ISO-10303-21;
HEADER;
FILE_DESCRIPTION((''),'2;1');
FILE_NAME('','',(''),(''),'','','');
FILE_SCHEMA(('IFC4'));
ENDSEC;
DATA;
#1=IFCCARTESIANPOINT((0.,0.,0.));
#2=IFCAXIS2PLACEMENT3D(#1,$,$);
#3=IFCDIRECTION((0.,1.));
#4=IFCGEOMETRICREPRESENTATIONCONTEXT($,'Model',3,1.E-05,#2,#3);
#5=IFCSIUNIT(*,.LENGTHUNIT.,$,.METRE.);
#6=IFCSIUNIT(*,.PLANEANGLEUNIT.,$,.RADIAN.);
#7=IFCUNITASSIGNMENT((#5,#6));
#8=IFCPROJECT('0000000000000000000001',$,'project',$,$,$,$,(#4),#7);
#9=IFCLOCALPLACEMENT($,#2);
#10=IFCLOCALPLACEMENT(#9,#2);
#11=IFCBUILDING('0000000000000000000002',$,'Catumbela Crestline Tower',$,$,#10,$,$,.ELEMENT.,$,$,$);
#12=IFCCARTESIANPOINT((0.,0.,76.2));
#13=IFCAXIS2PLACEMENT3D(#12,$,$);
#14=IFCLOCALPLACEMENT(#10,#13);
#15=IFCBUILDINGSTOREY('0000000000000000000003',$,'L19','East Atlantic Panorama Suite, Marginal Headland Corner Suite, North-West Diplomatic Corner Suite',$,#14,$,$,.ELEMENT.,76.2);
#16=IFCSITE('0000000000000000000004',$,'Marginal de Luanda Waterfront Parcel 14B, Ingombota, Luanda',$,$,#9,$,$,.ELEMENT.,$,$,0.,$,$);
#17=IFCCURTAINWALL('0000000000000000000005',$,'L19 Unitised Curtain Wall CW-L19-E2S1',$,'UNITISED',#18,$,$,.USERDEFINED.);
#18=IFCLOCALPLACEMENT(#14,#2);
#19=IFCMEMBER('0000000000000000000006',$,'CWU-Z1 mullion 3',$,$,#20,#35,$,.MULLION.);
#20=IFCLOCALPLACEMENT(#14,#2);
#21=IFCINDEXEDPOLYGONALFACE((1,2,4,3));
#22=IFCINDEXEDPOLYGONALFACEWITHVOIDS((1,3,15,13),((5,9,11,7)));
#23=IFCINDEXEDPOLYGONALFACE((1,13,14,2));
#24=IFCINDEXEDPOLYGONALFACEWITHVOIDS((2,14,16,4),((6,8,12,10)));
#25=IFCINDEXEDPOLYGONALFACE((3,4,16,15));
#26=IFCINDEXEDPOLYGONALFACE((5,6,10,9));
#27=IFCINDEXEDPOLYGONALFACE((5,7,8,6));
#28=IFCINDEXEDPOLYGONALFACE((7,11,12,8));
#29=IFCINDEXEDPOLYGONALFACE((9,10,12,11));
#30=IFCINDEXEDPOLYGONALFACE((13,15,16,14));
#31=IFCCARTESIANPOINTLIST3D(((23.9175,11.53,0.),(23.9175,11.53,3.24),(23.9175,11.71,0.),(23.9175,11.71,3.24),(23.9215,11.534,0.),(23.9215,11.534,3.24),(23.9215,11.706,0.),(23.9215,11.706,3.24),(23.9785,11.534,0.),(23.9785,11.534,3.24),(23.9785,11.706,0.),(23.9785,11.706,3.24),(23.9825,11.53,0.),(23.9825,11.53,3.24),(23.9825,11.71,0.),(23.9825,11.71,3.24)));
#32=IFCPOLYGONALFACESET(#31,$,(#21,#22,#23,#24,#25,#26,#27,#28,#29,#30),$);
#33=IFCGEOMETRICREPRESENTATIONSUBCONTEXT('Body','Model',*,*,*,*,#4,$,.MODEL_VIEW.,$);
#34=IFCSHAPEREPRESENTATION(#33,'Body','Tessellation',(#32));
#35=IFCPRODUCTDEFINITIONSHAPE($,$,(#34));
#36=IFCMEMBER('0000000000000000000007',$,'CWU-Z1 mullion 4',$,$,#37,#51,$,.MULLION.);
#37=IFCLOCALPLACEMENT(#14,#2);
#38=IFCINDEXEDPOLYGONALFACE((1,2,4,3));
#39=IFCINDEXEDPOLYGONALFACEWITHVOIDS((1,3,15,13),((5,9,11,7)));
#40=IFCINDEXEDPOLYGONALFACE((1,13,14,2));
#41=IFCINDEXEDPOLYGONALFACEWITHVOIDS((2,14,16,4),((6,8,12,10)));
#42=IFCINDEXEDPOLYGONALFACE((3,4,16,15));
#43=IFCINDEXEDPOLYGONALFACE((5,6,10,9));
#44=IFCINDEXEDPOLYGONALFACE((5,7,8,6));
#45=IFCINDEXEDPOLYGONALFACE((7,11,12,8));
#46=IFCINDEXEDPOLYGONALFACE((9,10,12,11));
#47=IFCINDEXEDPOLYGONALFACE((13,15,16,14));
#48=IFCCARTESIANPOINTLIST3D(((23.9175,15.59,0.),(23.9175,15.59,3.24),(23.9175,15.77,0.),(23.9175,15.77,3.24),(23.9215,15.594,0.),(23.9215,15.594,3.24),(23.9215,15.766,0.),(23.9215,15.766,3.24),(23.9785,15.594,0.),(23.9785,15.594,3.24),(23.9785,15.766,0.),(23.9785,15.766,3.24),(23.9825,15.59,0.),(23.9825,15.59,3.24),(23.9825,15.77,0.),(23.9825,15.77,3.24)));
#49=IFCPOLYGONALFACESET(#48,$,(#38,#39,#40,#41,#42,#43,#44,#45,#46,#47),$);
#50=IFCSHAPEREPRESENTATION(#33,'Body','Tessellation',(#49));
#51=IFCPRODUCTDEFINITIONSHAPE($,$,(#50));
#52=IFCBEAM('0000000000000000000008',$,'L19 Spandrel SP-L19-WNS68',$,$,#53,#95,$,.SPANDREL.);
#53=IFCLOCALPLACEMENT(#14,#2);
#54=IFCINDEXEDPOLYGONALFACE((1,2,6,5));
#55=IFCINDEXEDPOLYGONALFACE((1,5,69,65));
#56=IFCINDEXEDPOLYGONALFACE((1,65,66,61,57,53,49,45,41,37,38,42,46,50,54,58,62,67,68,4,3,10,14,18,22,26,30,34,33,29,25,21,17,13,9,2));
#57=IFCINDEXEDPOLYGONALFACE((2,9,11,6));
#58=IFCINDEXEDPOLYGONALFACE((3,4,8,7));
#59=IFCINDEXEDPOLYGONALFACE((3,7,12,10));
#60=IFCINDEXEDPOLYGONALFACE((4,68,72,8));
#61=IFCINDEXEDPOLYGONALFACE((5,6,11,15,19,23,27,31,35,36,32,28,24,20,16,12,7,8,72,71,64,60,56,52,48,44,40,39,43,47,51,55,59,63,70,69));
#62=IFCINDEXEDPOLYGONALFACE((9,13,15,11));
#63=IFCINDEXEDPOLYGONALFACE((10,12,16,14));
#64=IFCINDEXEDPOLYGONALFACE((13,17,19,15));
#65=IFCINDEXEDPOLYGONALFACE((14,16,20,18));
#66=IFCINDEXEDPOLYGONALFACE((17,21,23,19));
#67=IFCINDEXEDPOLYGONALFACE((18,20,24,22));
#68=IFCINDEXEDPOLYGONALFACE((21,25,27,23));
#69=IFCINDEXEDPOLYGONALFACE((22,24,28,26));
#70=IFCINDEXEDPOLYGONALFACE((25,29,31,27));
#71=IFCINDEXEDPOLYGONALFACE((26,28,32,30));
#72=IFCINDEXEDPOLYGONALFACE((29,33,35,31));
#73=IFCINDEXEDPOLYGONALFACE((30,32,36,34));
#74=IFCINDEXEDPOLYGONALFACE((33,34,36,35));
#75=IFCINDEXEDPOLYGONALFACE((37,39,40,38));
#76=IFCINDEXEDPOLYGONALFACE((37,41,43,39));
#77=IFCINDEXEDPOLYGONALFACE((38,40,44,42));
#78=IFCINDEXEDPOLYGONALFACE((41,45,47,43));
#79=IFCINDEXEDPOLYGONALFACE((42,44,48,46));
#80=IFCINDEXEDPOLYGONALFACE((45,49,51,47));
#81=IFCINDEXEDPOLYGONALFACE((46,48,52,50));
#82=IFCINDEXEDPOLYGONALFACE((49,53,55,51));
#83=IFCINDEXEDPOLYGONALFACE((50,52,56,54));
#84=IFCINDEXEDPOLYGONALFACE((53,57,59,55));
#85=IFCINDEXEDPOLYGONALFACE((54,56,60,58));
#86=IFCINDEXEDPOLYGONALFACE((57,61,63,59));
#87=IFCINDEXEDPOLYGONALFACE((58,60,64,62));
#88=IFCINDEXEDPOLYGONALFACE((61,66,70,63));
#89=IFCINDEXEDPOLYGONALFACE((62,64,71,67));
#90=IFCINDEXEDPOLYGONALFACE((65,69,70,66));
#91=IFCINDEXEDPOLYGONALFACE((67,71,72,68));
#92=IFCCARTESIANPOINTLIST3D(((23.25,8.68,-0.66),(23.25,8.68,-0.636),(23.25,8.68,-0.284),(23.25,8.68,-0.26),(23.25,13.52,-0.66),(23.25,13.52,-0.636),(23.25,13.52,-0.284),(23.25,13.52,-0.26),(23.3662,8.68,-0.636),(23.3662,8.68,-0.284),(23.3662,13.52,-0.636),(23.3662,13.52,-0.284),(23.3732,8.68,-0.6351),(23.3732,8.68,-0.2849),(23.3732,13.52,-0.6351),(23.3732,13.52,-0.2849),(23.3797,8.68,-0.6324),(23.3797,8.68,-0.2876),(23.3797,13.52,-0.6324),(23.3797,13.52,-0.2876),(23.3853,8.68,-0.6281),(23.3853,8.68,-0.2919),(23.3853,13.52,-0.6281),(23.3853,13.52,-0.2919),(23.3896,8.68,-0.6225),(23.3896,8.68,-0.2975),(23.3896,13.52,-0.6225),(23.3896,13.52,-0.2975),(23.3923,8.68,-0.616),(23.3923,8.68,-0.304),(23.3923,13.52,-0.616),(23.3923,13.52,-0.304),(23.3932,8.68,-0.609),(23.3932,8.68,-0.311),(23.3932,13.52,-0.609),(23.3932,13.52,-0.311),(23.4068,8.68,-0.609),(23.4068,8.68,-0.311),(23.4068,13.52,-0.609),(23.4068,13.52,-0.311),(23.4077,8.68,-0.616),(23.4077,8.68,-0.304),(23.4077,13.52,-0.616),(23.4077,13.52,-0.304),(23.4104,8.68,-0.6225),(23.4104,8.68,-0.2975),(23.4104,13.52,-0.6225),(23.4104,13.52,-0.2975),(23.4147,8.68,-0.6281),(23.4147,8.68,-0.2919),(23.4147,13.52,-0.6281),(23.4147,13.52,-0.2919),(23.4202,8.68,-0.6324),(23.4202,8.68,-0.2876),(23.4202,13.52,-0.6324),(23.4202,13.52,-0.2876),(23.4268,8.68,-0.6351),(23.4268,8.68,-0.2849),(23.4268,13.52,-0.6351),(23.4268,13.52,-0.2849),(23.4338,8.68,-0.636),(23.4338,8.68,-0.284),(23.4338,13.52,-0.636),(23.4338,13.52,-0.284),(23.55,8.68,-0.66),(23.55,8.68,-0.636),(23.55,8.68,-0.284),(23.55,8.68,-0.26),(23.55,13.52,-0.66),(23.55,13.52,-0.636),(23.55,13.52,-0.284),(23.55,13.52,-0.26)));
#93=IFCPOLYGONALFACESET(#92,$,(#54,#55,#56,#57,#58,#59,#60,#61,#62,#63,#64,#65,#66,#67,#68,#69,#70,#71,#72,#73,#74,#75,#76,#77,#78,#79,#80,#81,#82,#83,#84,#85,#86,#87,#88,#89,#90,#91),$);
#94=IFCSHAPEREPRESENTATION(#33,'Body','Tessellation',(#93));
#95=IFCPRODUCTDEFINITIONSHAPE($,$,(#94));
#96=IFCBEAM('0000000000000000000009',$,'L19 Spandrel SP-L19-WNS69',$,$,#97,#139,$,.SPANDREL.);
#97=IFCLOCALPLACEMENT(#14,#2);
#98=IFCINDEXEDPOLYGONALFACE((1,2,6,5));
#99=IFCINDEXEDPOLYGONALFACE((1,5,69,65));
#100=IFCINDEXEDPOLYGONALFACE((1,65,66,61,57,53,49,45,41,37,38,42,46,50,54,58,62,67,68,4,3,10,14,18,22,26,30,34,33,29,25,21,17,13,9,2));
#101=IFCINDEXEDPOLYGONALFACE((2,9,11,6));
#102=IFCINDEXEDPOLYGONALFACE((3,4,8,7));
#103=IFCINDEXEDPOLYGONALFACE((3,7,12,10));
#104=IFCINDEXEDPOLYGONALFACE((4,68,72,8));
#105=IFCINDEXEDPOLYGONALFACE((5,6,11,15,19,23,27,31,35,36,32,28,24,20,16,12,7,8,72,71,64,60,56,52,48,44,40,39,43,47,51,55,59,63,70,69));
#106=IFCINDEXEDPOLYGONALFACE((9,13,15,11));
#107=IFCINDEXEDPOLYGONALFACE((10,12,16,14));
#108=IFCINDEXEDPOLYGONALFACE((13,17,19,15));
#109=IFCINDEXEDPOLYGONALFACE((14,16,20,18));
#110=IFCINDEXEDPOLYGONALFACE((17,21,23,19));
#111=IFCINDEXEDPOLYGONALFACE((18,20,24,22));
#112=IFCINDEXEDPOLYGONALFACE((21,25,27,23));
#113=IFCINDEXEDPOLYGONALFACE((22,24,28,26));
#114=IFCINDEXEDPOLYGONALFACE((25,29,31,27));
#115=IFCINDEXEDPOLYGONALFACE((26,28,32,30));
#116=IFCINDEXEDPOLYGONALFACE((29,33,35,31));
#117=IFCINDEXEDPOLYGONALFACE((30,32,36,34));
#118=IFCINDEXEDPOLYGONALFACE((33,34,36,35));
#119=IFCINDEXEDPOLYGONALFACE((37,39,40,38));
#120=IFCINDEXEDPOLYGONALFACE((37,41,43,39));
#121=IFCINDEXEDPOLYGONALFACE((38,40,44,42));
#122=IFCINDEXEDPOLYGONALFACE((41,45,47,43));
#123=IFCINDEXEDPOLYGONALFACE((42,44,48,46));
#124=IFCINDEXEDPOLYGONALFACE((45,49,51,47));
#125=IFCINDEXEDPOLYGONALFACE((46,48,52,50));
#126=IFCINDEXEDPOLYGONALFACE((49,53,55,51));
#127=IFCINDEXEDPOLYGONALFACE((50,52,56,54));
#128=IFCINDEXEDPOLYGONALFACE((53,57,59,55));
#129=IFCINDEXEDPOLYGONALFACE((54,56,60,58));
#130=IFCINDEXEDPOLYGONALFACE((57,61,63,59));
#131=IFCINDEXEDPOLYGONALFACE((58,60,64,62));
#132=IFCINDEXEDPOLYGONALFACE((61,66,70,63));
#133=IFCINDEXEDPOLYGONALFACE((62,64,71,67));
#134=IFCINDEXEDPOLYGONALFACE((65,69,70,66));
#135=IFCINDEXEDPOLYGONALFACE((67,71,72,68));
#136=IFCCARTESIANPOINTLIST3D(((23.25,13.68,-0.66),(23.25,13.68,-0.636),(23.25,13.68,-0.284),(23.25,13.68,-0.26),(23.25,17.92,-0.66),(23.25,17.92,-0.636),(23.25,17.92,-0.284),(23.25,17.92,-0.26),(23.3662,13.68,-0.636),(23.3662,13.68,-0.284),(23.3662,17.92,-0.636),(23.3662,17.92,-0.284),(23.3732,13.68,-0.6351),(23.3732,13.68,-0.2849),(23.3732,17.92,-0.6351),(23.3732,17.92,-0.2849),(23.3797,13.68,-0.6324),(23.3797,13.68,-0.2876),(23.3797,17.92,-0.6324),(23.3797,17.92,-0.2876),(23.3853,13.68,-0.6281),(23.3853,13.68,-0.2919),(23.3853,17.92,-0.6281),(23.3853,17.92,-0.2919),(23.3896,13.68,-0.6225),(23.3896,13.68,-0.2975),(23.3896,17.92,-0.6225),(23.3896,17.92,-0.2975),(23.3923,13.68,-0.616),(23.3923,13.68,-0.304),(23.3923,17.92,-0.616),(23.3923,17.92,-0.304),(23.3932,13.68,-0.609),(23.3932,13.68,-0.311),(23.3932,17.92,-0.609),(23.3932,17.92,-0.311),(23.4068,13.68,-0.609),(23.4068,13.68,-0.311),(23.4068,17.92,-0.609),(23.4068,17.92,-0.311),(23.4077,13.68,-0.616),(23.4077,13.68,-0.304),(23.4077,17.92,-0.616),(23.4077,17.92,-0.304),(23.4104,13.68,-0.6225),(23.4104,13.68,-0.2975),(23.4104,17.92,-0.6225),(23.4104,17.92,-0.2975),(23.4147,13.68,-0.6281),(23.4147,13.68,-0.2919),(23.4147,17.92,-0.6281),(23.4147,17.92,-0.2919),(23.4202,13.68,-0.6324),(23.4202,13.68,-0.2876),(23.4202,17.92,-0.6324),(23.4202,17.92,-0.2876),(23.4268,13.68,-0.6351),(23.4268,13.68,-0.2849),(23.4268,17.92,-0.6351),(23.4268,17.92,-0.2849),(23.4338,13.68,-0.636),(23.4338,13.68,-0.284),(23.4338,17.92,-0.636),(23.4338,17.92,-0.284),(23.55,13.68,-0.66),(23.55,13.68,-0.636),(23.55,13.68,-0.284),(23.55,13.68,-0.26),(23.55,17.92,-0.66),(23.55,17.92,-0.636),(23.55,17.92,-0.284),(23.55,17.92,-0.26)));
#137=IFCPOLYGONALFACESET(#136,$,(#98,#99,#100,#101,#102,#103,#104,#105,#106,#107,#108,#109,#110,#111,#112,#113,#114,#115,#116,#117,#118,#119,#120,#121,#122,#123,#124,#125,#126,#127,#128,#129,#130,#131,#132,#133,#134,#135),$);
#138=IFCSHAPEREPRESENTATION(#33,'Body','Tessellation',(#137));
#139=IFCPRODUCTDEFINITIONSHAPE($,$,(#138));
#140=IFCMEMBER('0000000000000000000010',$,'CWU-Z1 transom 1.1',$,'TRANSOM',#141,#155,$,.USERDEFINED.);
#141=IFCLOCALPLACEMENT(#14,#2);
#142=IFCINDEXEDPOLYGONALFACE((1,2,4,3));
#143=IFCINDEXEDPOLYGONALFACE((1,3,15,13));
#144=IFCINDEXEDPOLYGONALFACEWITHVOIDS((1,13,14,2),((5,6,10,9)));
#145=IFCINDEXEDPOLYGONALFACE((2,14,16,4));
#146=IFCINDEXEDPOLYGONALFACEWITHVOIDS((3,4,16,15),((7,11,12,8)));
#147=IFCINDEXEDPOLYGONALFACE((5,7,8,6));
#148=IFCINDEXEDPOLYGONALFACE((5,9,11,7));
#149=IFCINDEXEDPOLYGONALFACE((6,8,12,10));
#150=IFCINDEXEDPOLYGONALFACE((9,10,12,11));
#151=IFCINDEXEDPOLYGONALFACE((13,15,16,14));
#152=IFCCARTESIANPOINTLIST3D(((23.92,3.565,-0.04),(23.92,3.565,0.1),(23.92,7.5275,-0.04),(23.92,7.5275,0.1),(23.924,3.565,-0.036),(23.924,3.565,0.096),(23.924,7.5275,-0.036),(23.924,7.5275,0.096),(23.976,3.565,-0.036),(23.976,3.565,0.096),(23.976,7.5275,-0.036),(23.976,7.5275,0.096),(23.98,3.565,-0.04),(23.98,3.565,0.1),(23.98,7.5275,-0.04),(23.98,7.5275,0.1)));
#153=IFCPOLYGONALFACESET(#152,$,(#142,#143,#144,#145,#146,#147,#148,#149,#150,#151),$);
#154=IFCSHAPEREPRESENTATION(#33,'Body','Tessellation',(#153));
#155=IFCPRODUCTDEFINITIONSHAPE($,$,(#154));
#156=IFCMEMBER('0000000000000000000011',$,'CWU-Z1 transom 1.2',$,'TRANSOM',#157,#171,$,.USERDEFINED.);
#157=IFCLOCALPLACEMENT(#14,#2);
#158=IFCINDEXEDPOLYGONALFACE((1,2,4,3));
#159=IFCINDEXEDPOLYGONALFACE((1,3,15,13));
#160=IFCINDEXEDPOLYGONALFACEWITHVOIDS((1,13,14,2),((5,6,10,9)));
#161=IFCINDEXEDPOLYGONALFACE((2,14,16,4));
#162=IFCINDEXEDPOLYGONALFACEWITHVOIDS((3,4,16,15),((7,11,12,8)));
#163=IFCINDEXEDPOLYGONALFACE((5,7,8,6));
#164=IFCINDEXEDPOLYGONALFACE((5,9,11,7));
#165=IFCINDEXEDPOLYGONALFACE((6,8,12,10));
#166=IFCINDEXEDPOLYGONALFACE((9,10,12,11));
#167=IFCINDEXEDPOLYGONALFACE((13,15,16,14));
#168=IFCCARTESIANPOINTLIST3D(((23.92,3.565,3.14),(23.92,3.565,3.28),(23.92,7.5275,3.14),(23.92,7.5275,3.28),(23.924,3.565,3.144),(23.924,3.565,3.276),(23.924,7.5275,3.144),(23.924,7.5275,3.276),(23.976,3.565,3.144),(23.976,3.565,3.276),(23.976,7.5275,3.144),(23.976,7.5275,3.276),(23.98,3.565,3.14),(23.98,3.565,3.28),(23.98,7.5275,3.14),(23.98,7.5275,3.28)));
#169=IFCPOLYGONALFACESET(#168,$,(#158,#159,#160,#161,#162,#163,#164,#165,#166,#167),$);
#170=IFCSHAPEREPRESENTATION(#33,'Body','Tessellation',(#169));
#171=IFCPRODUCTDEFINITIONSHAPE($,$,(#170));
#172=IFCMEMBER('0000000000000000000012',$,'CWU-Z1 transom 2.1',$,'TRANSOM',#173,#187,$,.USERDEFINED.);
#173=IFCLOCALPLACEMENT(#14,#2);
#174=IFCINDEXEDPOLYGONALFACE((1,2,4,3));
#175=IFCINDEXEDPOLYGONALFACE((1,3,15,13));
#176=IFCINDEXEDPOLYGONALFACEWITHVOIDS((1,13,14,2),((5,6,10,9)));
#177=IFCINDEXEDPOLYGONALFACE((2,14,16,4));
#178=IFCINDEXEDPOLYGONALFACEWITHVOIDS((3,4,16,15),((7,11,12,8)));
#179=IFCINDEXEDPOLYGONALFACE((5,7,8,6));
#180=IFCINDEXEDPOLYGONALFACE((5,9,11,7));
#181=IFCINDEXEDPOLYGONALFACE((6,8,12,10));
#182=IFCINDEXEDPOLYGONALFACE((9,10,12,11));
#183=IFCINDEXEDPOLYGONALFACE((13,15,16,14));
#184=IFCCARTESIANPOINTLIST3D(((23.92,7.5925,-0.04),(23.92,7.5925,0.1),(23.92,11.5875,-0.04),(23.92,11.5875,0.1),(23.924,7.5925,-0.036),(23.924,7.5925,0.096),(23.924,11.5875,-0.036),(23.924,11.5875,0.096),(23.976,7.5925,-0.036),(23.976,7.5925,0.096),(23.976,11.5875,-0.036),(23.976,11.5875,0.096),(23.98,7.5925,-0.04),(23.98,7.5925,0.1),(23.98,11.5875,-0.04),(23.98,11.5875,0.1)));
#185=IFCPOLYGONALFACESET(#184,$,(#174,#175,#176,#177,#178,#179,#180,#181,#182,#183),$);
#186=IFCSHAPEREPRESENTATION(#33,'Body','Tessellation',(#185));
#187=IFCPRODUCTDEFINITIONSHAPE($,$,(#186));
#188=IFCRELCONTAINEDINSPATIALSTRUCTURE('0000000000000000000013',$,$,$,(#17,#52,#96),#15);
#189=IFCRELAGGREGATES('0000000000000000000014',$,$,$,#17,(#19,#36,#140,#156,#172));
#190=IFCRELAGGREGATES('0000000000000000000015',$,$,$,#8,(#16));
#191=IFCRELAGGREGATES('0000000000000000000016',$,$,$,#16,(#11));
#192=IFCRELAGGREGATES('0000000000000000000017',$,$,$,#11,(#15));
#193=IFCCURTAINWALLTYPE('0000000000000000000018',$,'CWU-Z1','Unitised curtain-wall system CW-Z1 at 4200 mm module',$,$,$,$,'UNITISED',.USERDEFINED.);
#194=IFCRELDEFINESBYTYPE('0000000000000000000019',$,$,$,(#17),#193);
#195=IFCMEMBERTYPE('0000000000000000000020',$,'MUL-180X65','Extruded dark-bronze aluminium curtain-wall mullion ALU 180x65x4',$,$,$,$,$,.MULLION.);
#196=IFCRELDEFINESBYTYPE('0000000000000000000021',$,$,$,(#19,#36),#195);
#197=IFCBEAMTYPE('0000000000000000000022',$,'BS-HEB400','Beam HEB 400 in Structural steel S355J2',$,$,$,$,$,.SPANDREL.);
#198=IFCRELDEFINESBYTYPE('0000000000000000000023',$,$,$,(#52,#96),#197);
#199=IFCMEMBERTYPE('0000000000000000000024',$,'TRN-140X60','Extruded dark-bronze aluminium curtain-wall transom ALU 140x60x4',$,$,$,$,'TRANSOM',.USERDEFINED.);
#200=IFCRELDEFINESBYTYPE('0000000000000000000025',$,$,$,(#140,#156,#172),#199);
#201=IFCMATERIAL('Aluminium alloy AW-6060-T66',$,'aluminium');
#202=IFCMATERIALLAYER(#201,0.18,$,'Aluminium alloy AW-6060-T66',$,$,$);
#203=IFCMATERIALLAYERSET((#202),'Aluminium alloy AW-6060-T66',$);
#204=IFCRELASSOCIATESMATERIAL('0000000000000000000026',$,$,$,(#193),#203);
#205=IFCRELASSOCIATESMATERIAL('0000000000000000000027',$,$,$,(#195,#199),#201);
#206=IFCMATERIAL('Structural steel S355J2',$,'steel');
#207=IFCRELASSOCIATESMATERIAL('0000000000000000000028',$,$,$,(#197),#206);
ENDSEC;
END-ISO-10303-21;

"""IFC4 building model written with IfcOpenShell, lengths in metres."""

from ifc_helpers import new_model, si_unit, direction, frame, origin, origin_2d, place, context, subcontext, project, spatial, hollow_rectangle, i_section, extrude, material, layer, layer_set, material_profile, profile_set, type_object, element, aggregate, save


model = new_model("IFC4")

# Units and contexts
model_context = context("Model", 3, precision=1e-05, world=origin(), true_north=direction((0.0, 1.0)))
body_context = subcontext(model_context, "Body", "Model", "MODEL_VIEW")
ifc_project = project(units=[si_unit("LENGTHUNIT", "METRE"), si_unit("PLANEANGLEUNIT", "RADIAN")], contexts=[model_context])

# Site, building, storey
site_placement = place(None, origin())
site = spatial("IfcSite", under=ifc_project, at=site_placement, Name="Marginal de Luanda Waterfront Parcel 14B, Ingombota, Luanda", CompositionType="ELEMENT", RefElevation=0.0)
building_placement = place(site_placement, origin())
building = spatial("IfcBuilding", under=site, at=building_placement, Name="Catumbela Crestline Tower", CompositionType="ELEMENT")
storey_placement = place(building_placement, frame((0.0, 0.0, 76.2)))
storey = spatial("IfcBuildingStorey", under=building, at=storey_placement, Name="L19", Description="East Atlantic Panorama Suite, Marginal Headland Corner Suite, North-West Diplomatic Corner Suite", CompositionType="ELEMENT", Elevation=76.2)

# Shared definitions
ifc_material_1 = material(Name="Structural steel S355J2", Category="steel")

# Shared definitions
ifc_material_2 = material(Name="Aluminium alloy AW-6060-T66", Category="aluminium")
ifc_layer_1 = layer(ifc_material_2, 0.18, Name="Aluminium alloy AW-6060-T66")
ifc_layer_set_1 = layer_set([ifc_layer_1], Name="Aluminium alloy AW-6060-T66")
curtain_wall_type = type_object("IfcCurtainWallType", Name="CWU-Z1", Description="Unitised curtain-wall system CW-Z1 at 4200 mm module", ElementType="UNITISED", PredefinedType="USERDEFINED", material=ifc_layer_set_1)
ifc_material_profile_1 = material_profile(ifc_material_2, hollow_rectangle(XDim=0.065, YDim=0.18, WallThickness=0.004, at=origin_2d()), Name="ALU 180x65x4")
ifc_profile_set_1 = profile_set([ifc_material_profile_1], Name="Aluminium alloy AW-6060-T66")
member_type_1 = type_object("IfcMemberType", Name="MUL-180X65", Description="Extruded dark-bronze aluminium curtain-wall mullion ALU 180x65x4", PredefinedType="MULLION", material=ifc_profile_set_1)

# Curtain wall, members
curtain_wall_1_placement = place(storey_placement, origin())
curtain_wall_1 = element("IfcCurtainWall", 1, at=curtain_wall_1_placement, inside=storey, type_object=curtain_wall_type, Name="L19 Unitised Curtain Wall CW-L19-E2S1", ObjectType="UNITISED", PredefinedType="USERDEFINED")
member_1_placement = place(storey_placement, frame((23.95, 11.62, 0.0), z_axis=(0.0, 0.0, 1.0), x_axis=(-1.0, 0.0, 0.0)))
member_1 = element("IfcMember", 2, at=member_1_placement, type_object=member_type_1, Name="CWU-Z1 mullion 3", PredefinedType="MULLION", context=body_context, shape_type="SweptSolid", body=[
    extrude(hollow_rectangle(XDim=0.065, YDim=0.18, WallThickness=0.004, at=origin_2d()), origin(), (0.0, 0.0, 1.0), 3.24),
])
member_2_placement = place(storey_placement, frame((23.95, 15.68, 0.0), z_axis=(0.0, 0.0, 1.0), x_axis=(-1.0, 0.0, 0.0)))
member_2 = element("IfcMember", 3, at=member_2_placement, type_object=member_type_1, Name="CWU-Z1 mullion 4", PredefinedType="MULLION", context=body_context, shape_type="SweptSolid", body=[
    extrude(hollow_rectangle(XDim=0.065, YDim=0.18, WallThickness=0.004, at=origin_2d()), origin(), (0.0, 0.0, 1.0), 3.24),
])

# Beams
ifc_material_profile_2 = material_profile(ifc_material_1, i_section(OverallWidth=0.3, OverallDepth=0.4, WebThickness=0.0135, FlangeThickness=0.024, FilletRadius=0.027, at=origin_2d()), Name="HEB 400")
ifc_profile_set_2 = profile_set([ifc_material_profile_2], Name="Structural steel S355J2")
beam_type_1 = type_object("IfcBeamType", Name="BS-HEB400", Description="Beam HEB 400 in Structural steel S355J2", PredefinedType="SPANDREL", material=ifc_profile_set_2)
beam_1_placement = place(storey_placement, frame((23.4, 8.68, -0.46), z_axis=(0.0, 1.0, 0.0), x_axis=(-1.0, 0.0, 0.0)))
element("IfcBeam", 4, at=beam_1_placement, inside=storey, type_object=beam_type_1, Name="L19 Spandrel SP-L19-WNS68", PredefinedType="SPANDREL", context=body_context, shape_type="SweptSolid", body=[
    extrude(i_section(OverallWidth=0.3, OverallDepth=0.4, WebThickness=0.0135, FlangeThickness=0.024, FilletRadius=0.027, at=origin_2d()), origin(), (0.0, 0.0, 1.0), 4.84),
])
beam_2_placement = place(storey_placement, frame((23.4, 13.68, -0.46), z_axis=(0.0, 1.0, 0.0), x_axis=(-1.0, 0.0, 0.0)))
element("IfcBeam", 5, at=beam_2_placement, inside=storey, type_object=beam_type_1, Name="L19 Spandrel SP-L19-WNS69", PredefinedType="SPANDREL", context=body_context, shape_type="SweptSolid", body=[
    extrude(i_section(OverallWidth=0.3, OverallDepth=0.4, WebThickness=0.0135, FlangeThickness=0.024, FilletRadius=0.027, at=origin_2d()), origin(), (0.0, 0.0, 1.0), 4.24),
])

# Members
ifc_material_profile_3 = material_profile(ifc_material_2, hollow_rectangle(XDim=0.06, YDim=0.14, WallThickness=0.004, at=origin_2d()), Name="ALU 140x60x4")
ifc_profile_set_3 = profile_set([ifc_material_profile_3], Name="Aluminium alloy AW-6060-T66")
member_type_2 = type_object("IfcMemberType", Name="TRN-140X60", Description="Extruded dark-bronze aluminium curtain-wall transom ALU 140x60x4", ElementType="TRANSOM", PredefinedType="USERDEFINED", material=ifc_profile_set_3)
member_3_placement = place(storey_placement, frame((23.95, 3.565, 0.03), z_axis=(0.0, 1.0, 0.0), x_axis=(-1.0, 0.0, 0.0)))
member_3 = element("IfcMember", 6, at=member_3_placement, type_object=member_type_2, Name="CWU-Z1 transom 1.1", ObjectType="TRANSOM", PredefinedType="USERDEFINED", context=body_context, shape_type="SweptSolid", body=[
    extrude(hollow_rectangle(XDim=0.06, YDim=0.14, WallThickness=0.004, at=origin_2d()), origin(), (0.0, 0.0, 1.0), 3.9625),
])
member_4_placement = place(storey_placement, frame((23.95, 3.565, 3.21), z_axis=(0.0, 1.0, 0.0), x_axis=(-1.0, 0.0, 0.0)))
member_4 = element("IfcMember", 7, at=member_4_placement, type_object=member_type_2, Name="CWU-Z1 transom 1.2", ObjectType="TRANSOM", PredefinedType="USERDEFINED", context=body_context, shape_type="SweptSolid", body=[
    extrude(hollow_rectangle(XDim=0.06, YDim=0.14, WallThickness=0.004, at=origin_2d()), origin(), (0.0, 0.0, 1.0), 3.9625),
])
member_5_placement = place(storey_placement, frame((23.95, 7.5925, 0.03), z_axis=(0.0, 1.0, 0.0), x_axis=(-1.0, 0.0, 0.0)))
member_5 = element("IfcMember", 8, at=member_5_placement, type_object=member_type_2, Name="CWU-Z1 transom 2.1", ObjectType="TRANSOM", PredefinedType="USERDEFINED", context=body_context, shape_type="SweptSolid", body=[
    extrude(hollow_rectangle(XDim=0.06, YDim=0.14, WallThickness=0.004, at=origin_2d()), origin(), (0.0, 0.0, 1.0), 3.995),
])

aggregate(curtain_wall_1, [member_1, member_2, member_3, member_4, member_5])

save(model, "model.ifc")
